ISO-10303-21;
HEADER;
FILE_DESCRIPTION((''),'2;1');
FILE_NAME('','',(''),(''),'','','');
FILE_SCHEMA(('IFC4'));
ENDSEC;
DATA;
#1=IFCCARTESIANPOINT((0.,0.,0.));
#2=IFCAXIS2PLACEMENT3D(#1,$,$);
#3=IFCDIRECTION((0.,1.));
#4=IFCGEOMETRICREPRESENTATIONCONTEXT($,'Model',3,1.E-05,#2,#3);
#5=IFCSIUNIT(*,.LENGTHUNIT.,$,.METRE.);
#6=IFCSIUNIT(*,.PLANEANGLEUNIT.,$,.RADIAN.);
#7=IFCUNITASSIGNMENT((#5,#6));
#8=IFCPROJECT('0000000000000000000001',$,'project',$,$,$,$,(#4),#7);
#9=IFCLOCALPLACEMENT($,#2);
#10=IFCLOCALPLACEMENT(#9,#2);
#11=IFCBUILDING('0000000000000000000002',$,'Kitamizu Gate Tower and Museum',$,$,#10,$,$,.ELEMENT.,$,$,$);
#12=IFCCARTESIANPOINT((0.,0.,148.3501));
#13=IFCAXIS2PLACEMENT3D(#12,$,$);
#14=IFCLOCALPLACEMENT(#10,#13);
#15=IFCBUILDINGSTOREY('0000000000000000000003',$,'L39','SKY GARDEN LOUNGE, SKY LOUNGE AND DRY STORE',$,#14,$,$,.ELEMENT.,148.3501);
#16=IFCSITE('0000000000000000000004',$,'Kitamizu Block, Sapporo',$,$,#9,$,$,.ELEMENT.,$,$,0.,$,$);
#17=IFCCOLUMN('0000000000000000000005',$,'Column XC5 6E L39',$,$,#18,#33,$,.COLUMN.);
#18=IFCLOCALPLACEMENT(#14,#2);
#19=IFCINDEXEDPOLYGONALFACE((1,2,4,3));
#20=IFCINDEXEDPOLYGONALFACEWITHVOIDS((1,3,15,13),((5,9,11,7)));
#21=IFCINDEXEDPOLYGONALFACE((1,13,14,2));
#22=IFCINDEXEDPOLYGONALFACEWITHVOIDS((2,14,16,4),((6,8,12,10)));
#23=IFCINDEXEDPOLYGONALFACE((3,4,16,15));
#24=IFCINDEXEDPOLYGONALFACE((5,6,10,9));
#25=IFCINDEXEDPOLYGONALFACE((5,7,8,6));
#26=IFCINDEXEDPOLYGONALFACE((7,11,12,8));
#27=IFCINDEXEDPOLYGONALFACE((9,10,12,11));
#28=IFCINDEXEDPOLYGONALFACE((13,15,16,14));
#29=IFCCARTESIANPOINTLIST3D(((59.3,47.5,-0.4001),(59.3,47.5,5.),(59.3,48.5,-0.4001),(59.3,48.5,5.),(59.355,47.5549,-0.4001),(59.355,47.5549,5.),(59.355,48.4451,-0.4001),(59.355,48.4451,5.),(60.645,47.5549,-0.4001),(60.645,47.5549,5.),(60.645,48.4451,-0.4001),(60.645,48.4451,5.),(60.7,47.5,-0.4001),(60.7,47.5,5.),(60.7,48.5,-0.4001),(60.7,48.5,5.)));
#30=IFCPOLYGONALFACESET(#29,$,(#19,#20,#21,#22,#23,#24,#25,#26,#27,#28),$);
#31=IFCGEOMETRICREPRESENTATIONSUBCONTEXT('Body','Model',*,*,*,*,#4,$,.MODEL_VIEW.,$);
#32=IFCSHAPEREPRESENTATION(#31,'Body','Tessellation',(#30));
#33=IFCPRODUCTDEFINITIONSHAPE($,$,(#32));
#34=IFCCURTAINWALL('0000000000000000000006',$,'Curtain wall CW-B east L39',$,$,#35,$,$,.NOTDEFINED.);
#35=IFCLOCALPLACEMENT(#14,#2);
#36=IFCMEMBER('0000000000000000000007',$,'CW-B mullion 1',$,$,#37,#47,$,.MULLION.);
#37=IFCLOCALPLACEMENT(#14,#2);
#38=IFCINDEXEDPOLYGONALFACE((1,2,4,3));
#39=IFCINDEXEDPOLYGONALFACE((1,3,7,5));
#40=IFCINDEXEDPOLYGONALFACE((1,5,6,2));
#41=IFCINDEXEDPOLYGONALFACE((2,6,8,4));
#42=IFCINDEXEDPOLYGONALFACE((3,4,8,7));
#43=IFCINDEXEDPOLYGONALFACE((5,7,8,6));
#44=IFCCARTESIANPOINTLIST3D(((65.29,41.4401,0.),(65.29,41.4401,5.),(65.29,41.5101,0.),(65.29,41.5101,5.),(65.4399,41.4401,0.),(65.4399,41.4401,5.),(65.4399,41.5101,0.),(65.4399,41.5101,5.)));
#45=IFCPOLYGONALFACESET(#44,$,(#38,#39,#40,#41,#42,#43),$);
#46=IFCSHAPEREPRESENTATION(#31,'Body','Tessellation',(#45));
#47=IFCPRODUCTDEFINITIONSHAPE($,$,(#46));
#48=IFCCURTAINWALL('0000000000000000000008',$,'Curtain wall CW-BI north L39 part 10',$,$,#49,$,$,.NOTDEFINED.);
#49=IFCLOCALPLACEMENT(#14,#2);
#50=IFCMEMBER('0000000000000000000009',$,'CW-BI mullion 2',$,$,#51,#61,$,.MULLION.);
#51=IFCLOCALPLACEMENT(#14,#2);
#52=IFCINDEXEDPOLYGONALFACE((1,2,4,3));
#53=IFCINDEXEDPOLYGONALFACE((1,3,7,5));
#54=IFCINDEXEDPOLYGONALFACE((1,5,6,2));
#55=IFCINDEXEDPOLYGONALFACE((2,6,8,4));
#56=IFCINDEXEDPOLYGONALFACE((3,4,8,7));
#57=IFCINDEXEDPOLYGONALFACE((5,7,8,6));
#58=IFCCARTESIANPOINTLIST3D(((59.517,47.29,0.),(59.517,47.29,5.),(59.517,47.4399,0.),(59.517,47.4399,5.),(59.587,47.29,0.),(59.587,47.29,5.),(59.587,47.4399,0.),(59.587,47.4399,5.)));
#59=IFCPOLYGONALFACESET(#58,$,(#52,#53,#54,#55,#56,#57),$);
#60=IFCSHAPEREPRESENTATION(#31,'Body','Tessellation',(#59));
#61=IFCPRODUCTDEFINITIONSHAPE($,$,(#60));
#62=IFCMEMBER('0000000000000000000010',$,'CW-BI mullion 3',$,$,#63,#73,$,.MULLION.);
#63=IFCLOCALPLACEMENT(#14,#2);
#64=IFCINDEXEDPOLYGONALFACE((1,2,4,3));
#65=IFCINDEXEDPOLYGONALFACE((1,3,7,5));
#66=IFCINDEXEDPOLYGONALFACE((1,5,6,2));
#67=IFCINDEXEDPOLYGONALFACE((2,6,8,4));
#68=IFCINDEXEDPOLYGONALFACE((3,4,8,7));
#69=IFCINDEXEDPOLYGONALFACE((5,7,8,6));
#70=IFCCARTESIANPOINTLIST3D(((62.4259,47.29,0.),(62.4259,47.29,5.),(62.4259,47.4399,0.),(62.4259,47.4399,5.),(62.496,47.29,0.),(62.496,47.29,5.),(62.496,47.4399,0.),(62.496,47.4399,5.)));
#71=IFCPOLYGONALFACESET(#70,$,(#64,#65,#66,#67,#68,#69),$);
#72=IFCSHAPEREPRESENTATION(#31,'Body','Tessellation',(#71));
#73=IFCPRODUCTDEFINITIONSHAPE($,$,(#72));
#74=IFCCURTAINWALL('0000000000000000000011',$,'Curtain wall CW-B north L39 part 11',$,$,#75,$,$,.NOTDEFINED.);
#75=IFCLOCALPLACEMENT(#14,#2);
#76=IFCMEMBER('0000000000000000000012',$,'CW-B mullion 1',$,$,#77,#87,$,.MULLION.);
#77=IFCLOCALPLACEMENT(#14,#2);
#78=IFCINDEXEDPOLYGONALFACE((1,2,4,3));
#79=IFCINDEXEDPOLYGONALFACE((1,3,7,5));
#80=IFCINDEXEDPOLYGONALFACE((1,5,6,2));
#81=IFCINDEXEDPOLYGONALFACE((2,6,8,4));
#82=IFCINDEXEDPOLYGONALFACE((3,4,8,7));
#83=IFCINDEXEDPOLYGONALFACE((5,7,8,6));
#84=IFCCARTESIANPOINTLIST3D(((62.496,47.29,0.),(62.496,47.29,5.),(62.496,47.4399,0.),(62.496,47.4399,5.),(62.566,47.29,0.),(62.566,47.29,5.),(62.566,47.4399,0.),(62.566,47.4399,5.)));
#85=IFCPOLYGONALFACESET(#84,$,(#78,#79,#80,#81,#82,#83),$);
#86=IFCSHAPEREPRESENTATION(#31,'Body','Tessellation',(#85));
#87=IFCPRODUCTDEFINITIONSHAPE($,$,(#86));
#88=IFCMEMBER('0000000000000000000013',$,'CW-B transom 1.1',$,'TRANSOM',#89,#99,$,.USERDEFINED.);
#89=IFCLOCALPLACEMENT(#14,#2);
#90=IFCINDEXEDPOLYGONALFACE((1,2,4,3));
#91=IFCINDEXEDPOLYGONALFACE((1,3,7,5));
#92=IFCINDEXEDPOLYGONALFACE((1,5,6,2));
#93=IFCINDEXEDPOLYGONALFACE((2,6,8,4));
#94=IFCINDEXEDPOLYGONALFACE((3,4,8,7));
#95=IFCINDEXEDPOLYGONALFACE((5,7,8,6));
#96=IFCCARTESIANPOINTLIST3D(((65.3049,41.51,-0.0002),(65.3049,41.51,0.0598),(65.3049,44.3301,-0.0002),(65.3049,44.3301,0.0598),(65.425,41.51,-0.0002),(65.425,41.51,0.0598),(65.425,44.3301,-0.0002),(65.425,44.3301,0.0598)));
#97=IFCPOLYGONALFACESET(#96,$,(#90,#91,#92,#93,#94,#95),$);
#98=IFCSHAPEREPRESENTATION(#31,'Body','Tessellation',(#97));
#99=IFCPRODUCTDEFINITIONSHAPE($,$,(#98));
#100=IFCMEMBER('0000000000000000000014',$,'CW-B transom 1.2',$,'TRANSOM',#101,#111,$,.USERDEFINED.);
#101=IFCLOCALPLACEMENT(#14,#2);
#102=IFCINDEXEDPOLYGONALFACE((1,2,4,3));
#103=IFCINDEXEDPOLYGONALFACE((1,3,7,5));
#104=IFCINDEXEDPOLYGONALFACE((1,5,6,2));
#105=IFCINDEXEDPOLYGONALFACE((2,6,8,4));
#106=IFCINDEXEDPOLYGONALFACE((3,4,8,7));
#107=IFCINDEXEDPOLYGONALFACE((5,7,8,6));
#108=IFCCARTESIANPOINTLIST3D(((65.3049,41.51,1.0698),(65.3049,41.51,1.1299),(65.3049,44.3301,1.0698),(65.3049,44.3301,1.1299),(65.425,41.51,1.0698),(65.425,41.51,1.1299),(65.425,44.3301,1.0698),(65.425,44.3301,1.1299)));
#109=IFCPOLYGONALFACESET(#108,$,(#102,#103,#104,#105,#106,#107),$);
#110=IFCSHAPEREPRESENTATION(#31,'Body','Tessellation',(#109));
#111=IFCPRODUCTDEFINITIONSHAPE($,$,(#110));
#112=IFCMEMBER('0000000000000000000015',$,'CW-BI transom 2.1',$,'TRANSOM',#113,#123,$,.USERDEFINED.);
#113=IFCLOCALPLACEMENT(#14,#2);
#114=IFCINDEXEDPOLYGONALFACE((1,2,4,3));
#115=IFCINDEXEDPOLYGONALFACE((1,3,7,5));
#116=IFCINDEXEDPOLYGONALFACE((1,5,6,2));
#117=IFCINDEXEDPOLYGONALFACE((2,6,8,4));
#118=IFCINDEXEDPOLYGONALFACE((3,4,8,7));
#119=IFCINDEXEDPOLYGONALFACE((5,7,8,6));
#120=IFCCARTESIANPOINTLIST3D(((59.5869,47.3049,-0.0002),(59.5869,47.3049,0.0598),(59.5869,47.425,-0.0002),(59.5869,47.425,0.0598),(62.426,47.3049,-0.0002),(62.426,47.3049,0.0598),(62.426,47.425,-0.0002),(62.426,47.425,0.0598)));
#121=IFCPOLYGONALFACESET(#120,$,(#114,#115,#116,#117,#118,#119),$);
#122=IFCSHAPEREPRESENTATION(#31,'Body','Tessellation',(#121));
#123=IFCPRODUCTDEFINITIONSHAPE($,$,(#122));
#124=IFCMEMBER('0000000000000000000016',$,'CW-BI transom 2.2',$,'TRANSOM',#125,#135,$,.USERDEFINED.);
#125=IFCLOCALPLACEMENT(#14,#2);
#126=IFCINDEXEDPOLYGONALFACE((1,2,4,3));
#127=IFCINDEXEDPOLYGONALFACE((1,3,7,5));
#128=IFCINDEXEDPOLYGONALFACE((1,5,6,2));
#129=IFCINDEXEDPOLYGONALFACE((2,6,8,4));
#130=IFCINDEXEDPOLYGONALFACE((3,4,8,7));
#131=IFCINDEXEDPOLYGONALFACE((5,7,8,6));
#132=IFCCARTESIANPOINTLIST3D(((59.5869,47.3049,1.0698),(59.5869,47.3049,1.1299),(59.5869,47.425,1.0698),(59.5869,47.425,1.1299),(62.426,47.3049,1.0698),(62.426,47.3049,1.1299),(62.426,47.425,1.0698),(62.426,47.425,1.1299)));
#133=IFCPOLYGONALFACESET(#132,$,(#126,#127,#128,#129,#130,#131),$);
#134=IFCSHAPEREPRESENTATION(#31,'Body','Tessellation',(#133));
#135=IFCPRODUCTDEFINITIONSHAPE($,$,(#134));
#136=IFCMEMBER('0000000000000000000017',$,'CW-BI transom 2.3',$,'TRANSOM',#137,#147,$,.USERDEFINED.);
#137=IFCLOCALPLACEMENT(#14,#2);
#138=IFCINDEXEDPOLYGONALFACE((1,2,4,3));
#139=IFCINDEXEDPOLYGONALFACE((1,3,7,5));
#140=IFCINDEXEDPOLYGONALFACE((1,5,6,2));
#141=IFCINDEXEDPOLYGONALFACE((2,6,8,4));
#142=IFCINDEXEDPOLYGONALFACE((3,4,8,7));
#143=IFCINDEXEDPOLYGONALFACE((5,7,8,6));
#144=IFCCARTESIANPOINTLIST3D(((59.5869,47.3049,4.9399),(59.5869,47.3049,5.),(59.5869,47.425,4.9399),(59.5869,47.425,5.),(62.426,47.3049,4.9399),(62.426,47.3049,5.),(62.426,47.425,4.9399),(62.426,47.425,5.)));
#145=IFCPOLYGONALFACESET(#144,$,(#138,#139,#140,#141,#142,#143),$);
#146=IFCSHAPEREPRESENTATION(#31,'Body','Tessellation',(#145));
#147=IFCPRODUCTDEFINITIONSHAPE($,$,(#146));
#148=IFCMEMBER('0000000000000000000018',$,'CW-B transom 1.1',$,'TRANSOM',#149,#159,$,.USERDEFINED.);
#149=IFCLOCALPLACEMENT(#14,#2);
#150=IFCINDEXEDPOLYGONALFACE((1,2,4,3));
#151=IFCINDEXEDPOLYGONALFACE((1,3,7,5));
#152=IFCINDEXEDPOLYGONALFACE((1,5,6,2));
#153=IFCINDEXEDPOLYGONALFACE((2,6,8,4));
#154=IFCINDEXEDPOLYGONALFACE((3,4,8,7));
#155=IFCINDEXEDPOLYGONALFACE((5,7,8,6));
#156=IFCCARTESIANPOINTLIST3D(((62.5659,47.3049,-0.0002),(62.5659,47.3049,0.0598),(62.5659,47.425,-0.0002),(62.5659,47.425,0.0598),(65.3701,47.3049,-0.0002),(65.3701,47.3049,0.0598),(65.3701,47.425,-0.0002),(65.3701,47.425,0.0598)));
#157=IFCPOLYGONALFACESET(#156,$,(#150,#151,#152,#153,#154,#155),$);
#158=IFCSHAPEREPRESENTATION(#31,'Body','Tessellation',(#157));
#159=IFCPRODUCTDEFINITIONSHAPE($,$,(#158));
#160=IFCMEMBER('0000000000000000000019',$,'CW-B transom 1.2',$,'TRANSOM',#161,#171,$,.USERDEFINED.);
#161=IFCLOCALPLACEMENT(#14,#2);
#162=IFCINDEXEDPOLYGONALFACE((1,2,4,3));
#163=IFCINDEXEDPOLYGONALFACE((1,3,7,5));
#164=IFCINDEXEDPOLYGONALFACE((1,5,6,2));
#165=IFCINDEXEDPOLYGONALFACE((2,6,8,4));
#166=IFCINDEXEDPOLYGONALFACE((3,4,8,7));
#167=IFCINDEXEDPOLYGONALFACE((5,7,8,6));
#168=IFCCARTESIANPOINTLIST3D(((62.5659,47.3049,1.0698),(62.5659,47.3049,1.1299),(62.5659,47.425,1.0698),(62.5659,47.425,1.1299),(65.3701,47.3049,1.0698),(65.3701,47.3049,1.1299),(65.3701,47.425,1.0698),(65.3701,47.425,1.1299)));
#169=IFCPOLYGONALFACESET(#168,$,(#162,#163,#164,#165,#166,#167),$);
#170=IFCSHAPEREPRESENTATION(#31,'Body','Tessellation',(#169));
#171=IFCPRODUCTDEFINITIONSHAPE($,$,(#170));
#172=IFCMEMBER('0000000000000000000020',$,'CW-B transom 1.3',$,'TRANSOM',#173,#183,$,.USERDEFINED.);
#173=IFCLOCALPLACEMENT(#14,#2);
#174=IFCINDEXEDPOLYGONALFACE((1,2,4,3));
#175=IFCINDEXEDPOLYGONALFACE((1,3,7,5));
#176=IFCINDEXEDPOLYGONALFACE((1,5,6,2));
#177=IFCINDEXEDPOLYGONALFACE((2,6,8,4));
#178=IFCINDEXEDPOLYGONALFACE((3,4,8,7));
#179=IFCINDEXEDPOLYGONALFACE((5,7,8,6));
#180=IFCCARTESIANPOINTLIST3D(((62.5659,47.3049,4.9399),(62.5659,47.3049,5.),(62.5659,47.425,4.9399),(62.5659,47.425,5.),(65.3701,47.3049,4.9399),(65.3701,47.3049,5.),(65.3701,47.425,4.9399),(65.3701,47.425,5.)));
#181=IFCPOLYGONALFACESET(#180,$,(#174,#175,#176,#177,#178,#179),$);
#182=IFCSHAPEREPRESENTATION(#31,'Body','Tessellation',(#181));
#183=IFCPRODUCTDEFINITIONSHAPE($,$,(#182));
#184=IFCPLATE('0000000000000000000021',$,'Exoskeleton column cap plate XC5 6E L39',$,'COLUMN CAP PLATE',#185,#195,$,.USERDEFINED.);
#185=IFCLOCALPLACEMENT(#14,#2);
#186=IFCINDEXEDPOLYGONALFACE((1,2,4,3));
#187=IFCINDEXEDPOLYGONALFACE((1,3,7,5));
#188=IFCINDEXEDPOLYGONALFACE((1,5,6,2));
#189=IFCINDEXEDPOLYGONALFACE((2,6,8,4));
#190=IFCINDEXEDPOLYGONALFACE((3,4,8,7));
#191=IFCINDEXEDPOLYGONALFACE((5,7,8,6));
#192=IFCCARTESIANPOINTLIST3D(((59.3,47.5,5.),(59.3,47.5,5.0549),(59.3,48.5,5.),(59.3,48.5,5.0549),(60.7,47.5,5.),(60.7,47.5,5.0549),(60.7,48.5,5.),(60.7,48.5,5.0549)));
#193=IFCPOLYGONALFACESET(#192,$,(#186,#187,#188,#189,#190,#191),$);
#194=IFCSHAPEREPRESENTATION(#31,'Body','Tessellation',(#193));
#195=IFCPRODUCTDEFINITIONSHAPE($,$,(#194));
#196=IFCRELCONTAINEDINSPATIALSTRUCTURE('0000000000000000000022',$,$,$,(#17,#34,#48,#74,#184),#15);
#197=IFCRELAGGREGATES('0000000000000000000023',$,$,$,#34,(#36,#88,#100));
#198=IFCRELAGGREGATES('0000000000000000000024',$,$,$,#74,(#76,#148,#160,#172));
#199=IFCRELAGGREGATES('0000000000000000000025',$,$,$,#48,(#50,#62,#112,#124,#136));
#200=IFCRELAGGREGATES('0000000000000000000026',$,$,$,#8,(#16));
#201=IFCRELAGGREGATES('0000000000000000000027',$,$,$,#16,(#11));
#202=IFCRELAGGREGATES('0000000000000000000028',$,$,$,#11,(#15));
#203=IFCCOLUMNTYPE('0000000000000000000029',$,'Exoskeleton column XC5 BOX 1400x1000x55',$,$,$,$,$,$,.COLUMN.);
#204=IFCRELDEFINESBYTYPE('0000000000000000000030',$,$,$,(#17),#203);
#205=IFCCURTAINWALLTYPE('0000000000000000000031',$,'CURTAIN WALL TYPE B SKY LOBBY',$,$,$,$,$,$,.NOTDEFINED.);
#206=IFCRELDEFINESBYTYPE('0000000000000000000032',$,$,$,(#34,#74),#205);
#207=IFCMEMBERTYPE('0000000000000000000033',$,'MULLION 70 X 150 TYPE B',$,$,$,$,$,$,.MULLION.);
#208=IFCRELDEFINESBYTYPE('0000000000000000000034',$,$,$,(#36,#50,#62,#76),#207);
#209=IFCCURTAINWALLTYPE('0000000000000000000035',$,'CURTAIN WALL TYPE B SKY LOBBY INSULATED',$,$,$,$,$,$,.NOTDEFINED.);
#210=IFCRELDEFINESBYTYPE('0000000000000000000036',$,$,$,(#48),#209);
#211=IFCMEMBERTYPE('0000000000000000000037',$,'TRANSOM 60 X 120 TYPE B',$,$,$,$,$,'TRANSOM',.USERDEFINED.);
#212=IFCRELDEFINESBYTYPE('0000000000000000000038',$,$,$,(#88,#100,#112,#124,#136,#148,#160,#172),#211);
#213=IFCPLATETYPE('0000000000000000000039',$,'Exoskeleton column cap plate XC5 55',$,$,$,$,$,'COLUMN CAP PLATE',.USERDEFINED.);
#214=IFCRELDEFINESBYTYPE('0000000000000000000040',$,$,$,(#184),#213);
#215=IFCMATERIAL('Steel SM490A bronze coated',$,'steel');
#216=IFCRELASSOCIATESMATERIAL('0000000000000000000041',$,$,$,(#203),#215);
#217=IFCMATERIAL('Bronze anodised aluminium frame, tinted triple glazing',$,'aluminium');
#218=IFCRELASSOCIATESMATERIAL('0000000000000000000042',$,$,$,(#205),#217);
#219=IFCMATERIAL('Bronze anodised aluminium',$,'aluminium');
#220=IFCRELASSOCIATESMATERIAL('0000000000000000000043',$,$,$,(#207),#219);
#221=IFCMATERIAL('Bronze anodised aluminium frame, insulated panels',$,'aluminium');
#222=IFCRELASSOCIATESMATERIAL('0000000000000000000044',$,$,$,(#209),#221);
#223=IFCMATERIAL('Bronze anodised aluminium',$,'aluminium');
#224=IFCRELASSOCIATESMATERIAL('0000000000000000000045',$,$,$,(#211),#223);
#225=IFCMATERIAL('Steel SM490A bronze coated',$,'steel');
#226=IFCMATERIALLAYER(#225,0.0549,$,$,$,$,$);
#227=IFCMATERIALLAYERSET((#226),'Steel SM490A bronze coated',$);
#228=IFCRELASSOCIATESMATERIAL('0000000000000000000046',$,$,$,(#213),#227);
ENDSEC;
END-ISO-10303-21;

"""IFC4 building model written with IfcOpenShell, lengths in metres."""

from ifc_helpers import new_model, si_unit, direction, frame, origin, origin_2d, place, context, subcontext, project, spatial, rectangle, hollow_rectangle, extrude, material, layer, layer_set, material_profile, profile_set, type_object, element, aggregate, save


model = new_model("IFC4")

# Units and contexts
model_context = context("Model", 3, precision=1e-05, world=origin(), true_north=direction((0.0, 1.0)))
body_context = subcontext(model_context, "Body", "Model", "MODEL_VIEW")
ifc_project = project(units=[si_unit("LENGTHUNIT", "METRE"), si_unit("PLANEANGLEUNIT", "RADIAN")], contexts=[model_context])

# Site, building, storey
site_placement = place(None, origin())
site = spatial("IfcSite", under=ifc_project, at=site_placement, Name="Kitamizu Block, Sapporo", CompositionType="ELEMENT", RefElevation=0.0)
building_placement = place(site_placement, origin())
building = spatial("IfcBuilding", under=site, at=building_placement, Name="Kitamizu Gate Tower and Museum", CompositionType="ELEMENT")
storey_placement = place(building_placement, frame((0.0, 0.0, 148.3501)))
storey = spatial("IfcBuildingStorey", under=building, at=storey_placement, Name="L39", Description="SKY GARDEN LOUNGE, SKY LOUNGE AND DRY STORE", CompositionType="ELEMENT", Elevation=148.3501)

# Column
ifc_material_1 = material(Name="Steel SM490A bronze coated", Category="steel")
ifc_material_profile_1 = material_profile(ifc_material_1, hollow_rectangle(XDim=1.3999, YDim=1.0, WallThickness=0.0549, at=origin_2d()), Name="BOX 1400x1000x55")
ifc_profile_set_1 = profile_set([ifc_material_profile_1], Name="Steel SM490A bronze coated")
column_type = type_object("IfcColumnType", Name="Exoskeleton column XC5 BOX 1400x1000x55", PredefinedType="COLUMN", material=ifc_profile_set_1)
column_placement = place(storey_placement, frame((60.0, 48.0, -0.4001), z_axis=(0.0, 0.0, 1.0), x_axis=(1.0, 0.0, 0.0)))
element("IfcColumn", 1, at=column_placement, inside=storey, type_object=column_type, Name="Column XC5 6E L39", PredefinedType="COLUMN", context=body_context, shape_type="SweptSolid", body=[
    extrude(hollow_rectangle(XDim=1.3999, YDim=1.0, WallThickness=0.0549, at=origin_2d()), origin(), (0.0, 0.0, 1.0), 5.4001),
])

# Curtain wall, member
ifc_material_2 = material(Name="Bronze anodised aluminium frame, tinted triple glazing", Category="aluminium")
curtain_wall_type_1 = type_object("IfcCurtainWallType", Name="CURTAIN WALL TYPE B SKY LOBBY", PredefinedType="NOTDEFINED", material=ifc_material_2)
curtain_wall_1_placement = place(storey_placement, origin())
curtain_wall_1 = element("IfcCurtainWall", 2, at=curtain_wall_1_placement, inside=storey, type_object=curtain_wall_type_1, Name="Curtain wall CW-B east L39", PredefinedType="NOTDEFINED")
ifc_material_3 = material(Name="Bronze anodised aluminium", Category="aluminium")
ifc_material_profile_2 = material_profile(ifc_material_3, rectangle(XDim=0.0701, YDim=0.1499, at=origin_2d()), Name="AL 70X150")
ifc_profile_set_2 = profile_set([ifc_material_profile_2], Name="Bronze anodised aluminium")
member_type_1 = type_object("IfcMemberType", Name="MULLION 70 X 150 TYPE B", PredefinedType="MULLION", material=ifc_profile_set_2)
member_1_placement = place(storey_placement, frame((65.365, 41.4751, 0.0), z_axis=(0.0, 0.0, 1.0), x_axis=(0.0, 1.0, 0.0)))
member_1 = element("IfcMember", 3, at=member_1_placement, type_object=member_type_1, Name="CW-B mullion 1", PredefinedType="MULLION", context=body_context, shape_type="SweptSolid", body=[
    extrude(rectangle(XDim=0.0701, YDim=0.1499, at=origin_2d()), origin(), (0.0, 0.0, 1.0), 5.0),
])

# Curtain wall, members
ifc_material_4 = material(Name="Bronze anodised aluminium frame, insulated panels", Category="aluminium")
curtain_wall_type_2 = type_object("IfcCurtainWallType", Name="CURTAIN WALL TYPE B SKY LOBBY INSULATED", PredefinedType="NOTDEFINED", material=ifc_material_4)
curtain_wall_2_placement = place(storey_placement, origin())
curtain_wall_2 = element("IfcCurtainWall", 4, at=curtain_wall_2_placement, inside=storey, type_object=curtain_wall_type_2, Name="Curtain wall CW-BI north L39 part 10", PredefinedType="NOTDEFINED")
member_2_placement = place(storey_placement, frame((59.552, 47.365, 0.0), z_axis=(0.0, 0.0, 1.0), x_axis=(1.0, 0.0, 0.0)))
member_2 = element("IfcMember", 5, at=member_2_placement, type_object=member_type_1, Name="CW-BI mullion 2", PredefinedType="MULLION", context=body_context, shape_type="SweptSolid", body=[
    extrude(rectangle(XDim=0.0701, YDim=0.1499, at=origin_2d()), origin(), (0.0, 0.0, 1.0), 5.0),
])
member_3_placement = place(storey_placement, frame((62.4609, 47.365, 0.0), z_axis=(0.0, 0.0, 1.0), x_axis=(1.0, 0.0, 0.0)))
member_3 = element("IfcMember", 6, at=member_3_placement, type_object=member_type_1, Name="CW-BI mullion 3", PredefinedType="MULLION", context=body_context, shape_type="SweptSolid", body=[
    extrude(rectangle(XDim=0.0701, YDim=0.1499, at=origin_2d()), origin(), (0.0, 0.0, 1.0), 5.0),
])

# Curtain wall, member
curtain_wall_3_placement = place(storey_placement, origin())
curtain_wall_3 = element("IfcCurtainWall", 7, at=curtain_wall_3_placement, inside=storey, type_object=curtain_wall_type_1, Name="Curtain wall CW-B north L39 part 11", PredefinedType="NOTDEFINED")
member_4_placement = place(storey_placement, frame((62.531, 47.365, 0.0), z_axis=(0.0, 0.0, 1.0), x_axis=(1.0, 0.0, 0.0)))
member_4 = element("IfcMember", 8, at=member_4_placement, type_object=member_type_1, Name="CW-B mullion 1", PredefinedType="MULLION", context=body_context, shape_type="SweptSolid", body=[
    extrude(rectangle(XDim=0.0701, YDim=0.1499, at=origin_2d()), origin(), (0.0, 0.0, 1.0), 5.0),
])

# Members
ifc_material_5 = material(Name="Bronze anodised aluminium", Category="aluminium")
ifc_material_profile_3 = material_profile(ifc_material_5, rectangle(XDim=0.1201, YDim=0.0601, at=origin_2d()), Name="AL 60X120")
ifc_profile_set_3 = profile_set([ifc_material_profile_3], Name="Bronze anodised aluminium")
member_type_2 = type_object("IfcMemberType", Name="TRANSOM 60 X 120 TYPE B", ElementType="TRANSOM", PredefinedType="USERDEFINED", material=ifc_profile_set_3)
member_5_placement = place(storey_placement, frame((65.365, 41.51, 0.0298), z_axis=(0.0, 1.0, 0.0), x_axis=(-1.0, 0.0, 0.0)))
member_5 = element("IfcMember", 9, at=member_5_placement, type_object=member_type_2, Name="CW-B transom 1.1", ObjectType="TRANSOM", PredefinedType="USERDEFINED", context=body_context, shape_type="SweptSolid", body=[
    extrude(rectangle(XDim=0.1201, YDim=0.0601, at=origin_2d()), origin(), (0.0, 0.0, 1.0), 2.8201),
])
member_6_placement = place(storey_placement, frame((65.365, 41.51, 1.0999), z_axis=(0.0, 1.0, 0.0), x_axis=(-1.0, 0.0, 0.0)))
member_6 = element("IfcMember", 10, at=member_6_placement, type_object=member_type_2, Name="CW-B transom 1.2", ObjectType="TRANSOM", PredefinedType="USERDEFINED", context=body_context, shape_type="SweptSolid", body=[
    extrude(rectangle(XDim=0.1201, YDim=0.0601, at=origin_2d()), origin(), (0.0, 0.0, 1.0), 2.8201),
])
aggregate(curtain_wall_1, [member_1, member_5, member_6])
member_7_placement = place(storey_placement, frame((59.5869, 47.365, 0.0298), z_axis=(1.0, 0.0, 0.0), x_axis=(0.0, 1.0, 0.0)))
member_7 = element("IfcMember", 11, at=member_7_placement, type_object=member_type_2, Name="CW-BI transom 2.1", ObjectType="TRANSOM", PredefinedType="USERDEFINED", context=body_context, shape_type="SweptSolid", body=[
    extrude(rectangle(XDim=0.1201, YDim=0.0601, at=origin_2d()), origin(), (0.0, 0.0, 1.0), 2.8391),
])
member_8_placement = place(storey_placement, frame((59.5869, 47.365, 1.0999), z_axis=(1.0, 0.0, 0.0), x_axis=(0.0, 1.0, 0.0)))
member_8 = element("IfcMember", 12, at=member_8_placement, type_object=member_type_2, Name="CW-BI transom 2.2", ObjectType="TRANSOM", PredefinedType="USERDEFINED", context=body_context, shape_type="SweptSolid", body=[
    extrude(rectangle(XDim=0.1201, YDim=0.0601, at=origin_2d()), origin(), (0.0, 0.0, 1.0), 2.8391),
])
member_9_placement = place(storey_placement, frame((59.5869, 47.365, 4.97), z_axis=(1.0, 0.0, 0.0), x_axis=(0.0, 1.0, 0.0)))
member_9 = element("IfcMember", 13, at=member_9_placement, type_object=member_type_2, Name="CW-BI transom 2.3", ObjectType="TRANSOM", PredefinedType="USERDEFINED", context=body_context, shape_type="SweptSolid", body=[
    extrude(rectangle(XDim=0.1201, YDim=0.0601, at=origin_2d()), origin(), (0.0, 0.0, 1.0), 2.8391),
])
member_10_placement = place(storey_placement, frame((62.5659, 47.365, 0.0298), z_axis=(1.0, 0.0, 0.0), x_axis=(0.0, 1.0, 0.0)))
member_10 = element("IfcMember", 14, at=member_10_placement, type_object=member_type_2, Name="CW-B transom 1.1", ObjectType="TRANSOM", PredefinedType="USERDEFINED", context=body_context, shape_type="SweptSolid", body=[
    extrude(rectangle(XDim=0.1201, YDim=0.0601, at=origin_2d()), origin(), (0.0, 0.0, 1.0), 2.8042),
])
member_11_placement = place(storey_placement, frame((62.5659, 47.365, 1.0999), z_axis=(1.0, 0.0, 0.0), x_axis=(0.0, 1.0, 0.0)))
member_11 = element("IfcMember", 15, at=member_11_placement, type_object=member_type_2, Name="CW-B transom 1.2", ObjectType="TRANSOM", PredefinedType="USERDEFINED", context=body_context, shape_type="SweptSolid", body=[
    extrude(rectangle(XDim=0.1201, YDim=0.0601, at=origin_2d()), origin(), (0.0, 0.0, 1.0), 2.8042),
])
member_12_placement = place(storey_placement, frame((62.5659, 47.365, 4.97), z_axis=(1.0, 0.0, 0.0), x_axis=(0.0, 1.0, 0.0)))
member_12 = element("IfcMember", 16, at=member_12_placement, type_object=member_type_2, Name="CW-B transom 1.3", ObjectType="TRANSOM", PredefinedType="USERDEFINED", context=body_context, shape_type="SweptSolid", body=[
    extrude(rectangle(XDim=0.1201, YDim=0.0601, at=origin_2d()), origin(), (0.0, 0.0, 1.0), 2.8042),
])

# Plate
ifc_material_6 = material(Name="Steel SM490A bronze coated", Category="steel")
ifc_layer_1 = layer(ifc_material_6, 0.0549)
ifc_layer_set_1 = layer_set([ifc_layer_1], Name="Steel SM490A bronze coated")
plate_type_1 = type_object("IfcPlateType", Name="Exoskeleton column cap plate XC5 55", ElementType="COLUMN CAP PLATE", PredefinedType="USERDEFINED", material=ifc_layer_set_1)
plate_1_placement = place(storey_placement, frame((60.0, 48.0, 5.0), z_axis=(0.0, 0.0, 1.0), x_axis=(1.0, 0.0, 0.0)))
element("IfcPlate", 17, at=plate_1_placement, inside=storey, type_object=plate_type_1, Name="Exoskeleton column cap plate XC5 6E L39", ObjectType="COLUMN CAP PLATE", PredefinedType="USERDEFINED", context=body_context, shape_type="SweptSolid", body=[
    extrude(rectangle(XDim=1.3999, YDim=1.0, at=origin_2d()), origin(), (0.0, 0.0, 1.0), 0.0549),
])
aggregate(curtain_wall_3, [member_4, member_10, member_11, member_12])
aggregate(curtain_wall_2, [member_2, member_3, member_7, member_8, member_9])

save(model, "model.ifc")
